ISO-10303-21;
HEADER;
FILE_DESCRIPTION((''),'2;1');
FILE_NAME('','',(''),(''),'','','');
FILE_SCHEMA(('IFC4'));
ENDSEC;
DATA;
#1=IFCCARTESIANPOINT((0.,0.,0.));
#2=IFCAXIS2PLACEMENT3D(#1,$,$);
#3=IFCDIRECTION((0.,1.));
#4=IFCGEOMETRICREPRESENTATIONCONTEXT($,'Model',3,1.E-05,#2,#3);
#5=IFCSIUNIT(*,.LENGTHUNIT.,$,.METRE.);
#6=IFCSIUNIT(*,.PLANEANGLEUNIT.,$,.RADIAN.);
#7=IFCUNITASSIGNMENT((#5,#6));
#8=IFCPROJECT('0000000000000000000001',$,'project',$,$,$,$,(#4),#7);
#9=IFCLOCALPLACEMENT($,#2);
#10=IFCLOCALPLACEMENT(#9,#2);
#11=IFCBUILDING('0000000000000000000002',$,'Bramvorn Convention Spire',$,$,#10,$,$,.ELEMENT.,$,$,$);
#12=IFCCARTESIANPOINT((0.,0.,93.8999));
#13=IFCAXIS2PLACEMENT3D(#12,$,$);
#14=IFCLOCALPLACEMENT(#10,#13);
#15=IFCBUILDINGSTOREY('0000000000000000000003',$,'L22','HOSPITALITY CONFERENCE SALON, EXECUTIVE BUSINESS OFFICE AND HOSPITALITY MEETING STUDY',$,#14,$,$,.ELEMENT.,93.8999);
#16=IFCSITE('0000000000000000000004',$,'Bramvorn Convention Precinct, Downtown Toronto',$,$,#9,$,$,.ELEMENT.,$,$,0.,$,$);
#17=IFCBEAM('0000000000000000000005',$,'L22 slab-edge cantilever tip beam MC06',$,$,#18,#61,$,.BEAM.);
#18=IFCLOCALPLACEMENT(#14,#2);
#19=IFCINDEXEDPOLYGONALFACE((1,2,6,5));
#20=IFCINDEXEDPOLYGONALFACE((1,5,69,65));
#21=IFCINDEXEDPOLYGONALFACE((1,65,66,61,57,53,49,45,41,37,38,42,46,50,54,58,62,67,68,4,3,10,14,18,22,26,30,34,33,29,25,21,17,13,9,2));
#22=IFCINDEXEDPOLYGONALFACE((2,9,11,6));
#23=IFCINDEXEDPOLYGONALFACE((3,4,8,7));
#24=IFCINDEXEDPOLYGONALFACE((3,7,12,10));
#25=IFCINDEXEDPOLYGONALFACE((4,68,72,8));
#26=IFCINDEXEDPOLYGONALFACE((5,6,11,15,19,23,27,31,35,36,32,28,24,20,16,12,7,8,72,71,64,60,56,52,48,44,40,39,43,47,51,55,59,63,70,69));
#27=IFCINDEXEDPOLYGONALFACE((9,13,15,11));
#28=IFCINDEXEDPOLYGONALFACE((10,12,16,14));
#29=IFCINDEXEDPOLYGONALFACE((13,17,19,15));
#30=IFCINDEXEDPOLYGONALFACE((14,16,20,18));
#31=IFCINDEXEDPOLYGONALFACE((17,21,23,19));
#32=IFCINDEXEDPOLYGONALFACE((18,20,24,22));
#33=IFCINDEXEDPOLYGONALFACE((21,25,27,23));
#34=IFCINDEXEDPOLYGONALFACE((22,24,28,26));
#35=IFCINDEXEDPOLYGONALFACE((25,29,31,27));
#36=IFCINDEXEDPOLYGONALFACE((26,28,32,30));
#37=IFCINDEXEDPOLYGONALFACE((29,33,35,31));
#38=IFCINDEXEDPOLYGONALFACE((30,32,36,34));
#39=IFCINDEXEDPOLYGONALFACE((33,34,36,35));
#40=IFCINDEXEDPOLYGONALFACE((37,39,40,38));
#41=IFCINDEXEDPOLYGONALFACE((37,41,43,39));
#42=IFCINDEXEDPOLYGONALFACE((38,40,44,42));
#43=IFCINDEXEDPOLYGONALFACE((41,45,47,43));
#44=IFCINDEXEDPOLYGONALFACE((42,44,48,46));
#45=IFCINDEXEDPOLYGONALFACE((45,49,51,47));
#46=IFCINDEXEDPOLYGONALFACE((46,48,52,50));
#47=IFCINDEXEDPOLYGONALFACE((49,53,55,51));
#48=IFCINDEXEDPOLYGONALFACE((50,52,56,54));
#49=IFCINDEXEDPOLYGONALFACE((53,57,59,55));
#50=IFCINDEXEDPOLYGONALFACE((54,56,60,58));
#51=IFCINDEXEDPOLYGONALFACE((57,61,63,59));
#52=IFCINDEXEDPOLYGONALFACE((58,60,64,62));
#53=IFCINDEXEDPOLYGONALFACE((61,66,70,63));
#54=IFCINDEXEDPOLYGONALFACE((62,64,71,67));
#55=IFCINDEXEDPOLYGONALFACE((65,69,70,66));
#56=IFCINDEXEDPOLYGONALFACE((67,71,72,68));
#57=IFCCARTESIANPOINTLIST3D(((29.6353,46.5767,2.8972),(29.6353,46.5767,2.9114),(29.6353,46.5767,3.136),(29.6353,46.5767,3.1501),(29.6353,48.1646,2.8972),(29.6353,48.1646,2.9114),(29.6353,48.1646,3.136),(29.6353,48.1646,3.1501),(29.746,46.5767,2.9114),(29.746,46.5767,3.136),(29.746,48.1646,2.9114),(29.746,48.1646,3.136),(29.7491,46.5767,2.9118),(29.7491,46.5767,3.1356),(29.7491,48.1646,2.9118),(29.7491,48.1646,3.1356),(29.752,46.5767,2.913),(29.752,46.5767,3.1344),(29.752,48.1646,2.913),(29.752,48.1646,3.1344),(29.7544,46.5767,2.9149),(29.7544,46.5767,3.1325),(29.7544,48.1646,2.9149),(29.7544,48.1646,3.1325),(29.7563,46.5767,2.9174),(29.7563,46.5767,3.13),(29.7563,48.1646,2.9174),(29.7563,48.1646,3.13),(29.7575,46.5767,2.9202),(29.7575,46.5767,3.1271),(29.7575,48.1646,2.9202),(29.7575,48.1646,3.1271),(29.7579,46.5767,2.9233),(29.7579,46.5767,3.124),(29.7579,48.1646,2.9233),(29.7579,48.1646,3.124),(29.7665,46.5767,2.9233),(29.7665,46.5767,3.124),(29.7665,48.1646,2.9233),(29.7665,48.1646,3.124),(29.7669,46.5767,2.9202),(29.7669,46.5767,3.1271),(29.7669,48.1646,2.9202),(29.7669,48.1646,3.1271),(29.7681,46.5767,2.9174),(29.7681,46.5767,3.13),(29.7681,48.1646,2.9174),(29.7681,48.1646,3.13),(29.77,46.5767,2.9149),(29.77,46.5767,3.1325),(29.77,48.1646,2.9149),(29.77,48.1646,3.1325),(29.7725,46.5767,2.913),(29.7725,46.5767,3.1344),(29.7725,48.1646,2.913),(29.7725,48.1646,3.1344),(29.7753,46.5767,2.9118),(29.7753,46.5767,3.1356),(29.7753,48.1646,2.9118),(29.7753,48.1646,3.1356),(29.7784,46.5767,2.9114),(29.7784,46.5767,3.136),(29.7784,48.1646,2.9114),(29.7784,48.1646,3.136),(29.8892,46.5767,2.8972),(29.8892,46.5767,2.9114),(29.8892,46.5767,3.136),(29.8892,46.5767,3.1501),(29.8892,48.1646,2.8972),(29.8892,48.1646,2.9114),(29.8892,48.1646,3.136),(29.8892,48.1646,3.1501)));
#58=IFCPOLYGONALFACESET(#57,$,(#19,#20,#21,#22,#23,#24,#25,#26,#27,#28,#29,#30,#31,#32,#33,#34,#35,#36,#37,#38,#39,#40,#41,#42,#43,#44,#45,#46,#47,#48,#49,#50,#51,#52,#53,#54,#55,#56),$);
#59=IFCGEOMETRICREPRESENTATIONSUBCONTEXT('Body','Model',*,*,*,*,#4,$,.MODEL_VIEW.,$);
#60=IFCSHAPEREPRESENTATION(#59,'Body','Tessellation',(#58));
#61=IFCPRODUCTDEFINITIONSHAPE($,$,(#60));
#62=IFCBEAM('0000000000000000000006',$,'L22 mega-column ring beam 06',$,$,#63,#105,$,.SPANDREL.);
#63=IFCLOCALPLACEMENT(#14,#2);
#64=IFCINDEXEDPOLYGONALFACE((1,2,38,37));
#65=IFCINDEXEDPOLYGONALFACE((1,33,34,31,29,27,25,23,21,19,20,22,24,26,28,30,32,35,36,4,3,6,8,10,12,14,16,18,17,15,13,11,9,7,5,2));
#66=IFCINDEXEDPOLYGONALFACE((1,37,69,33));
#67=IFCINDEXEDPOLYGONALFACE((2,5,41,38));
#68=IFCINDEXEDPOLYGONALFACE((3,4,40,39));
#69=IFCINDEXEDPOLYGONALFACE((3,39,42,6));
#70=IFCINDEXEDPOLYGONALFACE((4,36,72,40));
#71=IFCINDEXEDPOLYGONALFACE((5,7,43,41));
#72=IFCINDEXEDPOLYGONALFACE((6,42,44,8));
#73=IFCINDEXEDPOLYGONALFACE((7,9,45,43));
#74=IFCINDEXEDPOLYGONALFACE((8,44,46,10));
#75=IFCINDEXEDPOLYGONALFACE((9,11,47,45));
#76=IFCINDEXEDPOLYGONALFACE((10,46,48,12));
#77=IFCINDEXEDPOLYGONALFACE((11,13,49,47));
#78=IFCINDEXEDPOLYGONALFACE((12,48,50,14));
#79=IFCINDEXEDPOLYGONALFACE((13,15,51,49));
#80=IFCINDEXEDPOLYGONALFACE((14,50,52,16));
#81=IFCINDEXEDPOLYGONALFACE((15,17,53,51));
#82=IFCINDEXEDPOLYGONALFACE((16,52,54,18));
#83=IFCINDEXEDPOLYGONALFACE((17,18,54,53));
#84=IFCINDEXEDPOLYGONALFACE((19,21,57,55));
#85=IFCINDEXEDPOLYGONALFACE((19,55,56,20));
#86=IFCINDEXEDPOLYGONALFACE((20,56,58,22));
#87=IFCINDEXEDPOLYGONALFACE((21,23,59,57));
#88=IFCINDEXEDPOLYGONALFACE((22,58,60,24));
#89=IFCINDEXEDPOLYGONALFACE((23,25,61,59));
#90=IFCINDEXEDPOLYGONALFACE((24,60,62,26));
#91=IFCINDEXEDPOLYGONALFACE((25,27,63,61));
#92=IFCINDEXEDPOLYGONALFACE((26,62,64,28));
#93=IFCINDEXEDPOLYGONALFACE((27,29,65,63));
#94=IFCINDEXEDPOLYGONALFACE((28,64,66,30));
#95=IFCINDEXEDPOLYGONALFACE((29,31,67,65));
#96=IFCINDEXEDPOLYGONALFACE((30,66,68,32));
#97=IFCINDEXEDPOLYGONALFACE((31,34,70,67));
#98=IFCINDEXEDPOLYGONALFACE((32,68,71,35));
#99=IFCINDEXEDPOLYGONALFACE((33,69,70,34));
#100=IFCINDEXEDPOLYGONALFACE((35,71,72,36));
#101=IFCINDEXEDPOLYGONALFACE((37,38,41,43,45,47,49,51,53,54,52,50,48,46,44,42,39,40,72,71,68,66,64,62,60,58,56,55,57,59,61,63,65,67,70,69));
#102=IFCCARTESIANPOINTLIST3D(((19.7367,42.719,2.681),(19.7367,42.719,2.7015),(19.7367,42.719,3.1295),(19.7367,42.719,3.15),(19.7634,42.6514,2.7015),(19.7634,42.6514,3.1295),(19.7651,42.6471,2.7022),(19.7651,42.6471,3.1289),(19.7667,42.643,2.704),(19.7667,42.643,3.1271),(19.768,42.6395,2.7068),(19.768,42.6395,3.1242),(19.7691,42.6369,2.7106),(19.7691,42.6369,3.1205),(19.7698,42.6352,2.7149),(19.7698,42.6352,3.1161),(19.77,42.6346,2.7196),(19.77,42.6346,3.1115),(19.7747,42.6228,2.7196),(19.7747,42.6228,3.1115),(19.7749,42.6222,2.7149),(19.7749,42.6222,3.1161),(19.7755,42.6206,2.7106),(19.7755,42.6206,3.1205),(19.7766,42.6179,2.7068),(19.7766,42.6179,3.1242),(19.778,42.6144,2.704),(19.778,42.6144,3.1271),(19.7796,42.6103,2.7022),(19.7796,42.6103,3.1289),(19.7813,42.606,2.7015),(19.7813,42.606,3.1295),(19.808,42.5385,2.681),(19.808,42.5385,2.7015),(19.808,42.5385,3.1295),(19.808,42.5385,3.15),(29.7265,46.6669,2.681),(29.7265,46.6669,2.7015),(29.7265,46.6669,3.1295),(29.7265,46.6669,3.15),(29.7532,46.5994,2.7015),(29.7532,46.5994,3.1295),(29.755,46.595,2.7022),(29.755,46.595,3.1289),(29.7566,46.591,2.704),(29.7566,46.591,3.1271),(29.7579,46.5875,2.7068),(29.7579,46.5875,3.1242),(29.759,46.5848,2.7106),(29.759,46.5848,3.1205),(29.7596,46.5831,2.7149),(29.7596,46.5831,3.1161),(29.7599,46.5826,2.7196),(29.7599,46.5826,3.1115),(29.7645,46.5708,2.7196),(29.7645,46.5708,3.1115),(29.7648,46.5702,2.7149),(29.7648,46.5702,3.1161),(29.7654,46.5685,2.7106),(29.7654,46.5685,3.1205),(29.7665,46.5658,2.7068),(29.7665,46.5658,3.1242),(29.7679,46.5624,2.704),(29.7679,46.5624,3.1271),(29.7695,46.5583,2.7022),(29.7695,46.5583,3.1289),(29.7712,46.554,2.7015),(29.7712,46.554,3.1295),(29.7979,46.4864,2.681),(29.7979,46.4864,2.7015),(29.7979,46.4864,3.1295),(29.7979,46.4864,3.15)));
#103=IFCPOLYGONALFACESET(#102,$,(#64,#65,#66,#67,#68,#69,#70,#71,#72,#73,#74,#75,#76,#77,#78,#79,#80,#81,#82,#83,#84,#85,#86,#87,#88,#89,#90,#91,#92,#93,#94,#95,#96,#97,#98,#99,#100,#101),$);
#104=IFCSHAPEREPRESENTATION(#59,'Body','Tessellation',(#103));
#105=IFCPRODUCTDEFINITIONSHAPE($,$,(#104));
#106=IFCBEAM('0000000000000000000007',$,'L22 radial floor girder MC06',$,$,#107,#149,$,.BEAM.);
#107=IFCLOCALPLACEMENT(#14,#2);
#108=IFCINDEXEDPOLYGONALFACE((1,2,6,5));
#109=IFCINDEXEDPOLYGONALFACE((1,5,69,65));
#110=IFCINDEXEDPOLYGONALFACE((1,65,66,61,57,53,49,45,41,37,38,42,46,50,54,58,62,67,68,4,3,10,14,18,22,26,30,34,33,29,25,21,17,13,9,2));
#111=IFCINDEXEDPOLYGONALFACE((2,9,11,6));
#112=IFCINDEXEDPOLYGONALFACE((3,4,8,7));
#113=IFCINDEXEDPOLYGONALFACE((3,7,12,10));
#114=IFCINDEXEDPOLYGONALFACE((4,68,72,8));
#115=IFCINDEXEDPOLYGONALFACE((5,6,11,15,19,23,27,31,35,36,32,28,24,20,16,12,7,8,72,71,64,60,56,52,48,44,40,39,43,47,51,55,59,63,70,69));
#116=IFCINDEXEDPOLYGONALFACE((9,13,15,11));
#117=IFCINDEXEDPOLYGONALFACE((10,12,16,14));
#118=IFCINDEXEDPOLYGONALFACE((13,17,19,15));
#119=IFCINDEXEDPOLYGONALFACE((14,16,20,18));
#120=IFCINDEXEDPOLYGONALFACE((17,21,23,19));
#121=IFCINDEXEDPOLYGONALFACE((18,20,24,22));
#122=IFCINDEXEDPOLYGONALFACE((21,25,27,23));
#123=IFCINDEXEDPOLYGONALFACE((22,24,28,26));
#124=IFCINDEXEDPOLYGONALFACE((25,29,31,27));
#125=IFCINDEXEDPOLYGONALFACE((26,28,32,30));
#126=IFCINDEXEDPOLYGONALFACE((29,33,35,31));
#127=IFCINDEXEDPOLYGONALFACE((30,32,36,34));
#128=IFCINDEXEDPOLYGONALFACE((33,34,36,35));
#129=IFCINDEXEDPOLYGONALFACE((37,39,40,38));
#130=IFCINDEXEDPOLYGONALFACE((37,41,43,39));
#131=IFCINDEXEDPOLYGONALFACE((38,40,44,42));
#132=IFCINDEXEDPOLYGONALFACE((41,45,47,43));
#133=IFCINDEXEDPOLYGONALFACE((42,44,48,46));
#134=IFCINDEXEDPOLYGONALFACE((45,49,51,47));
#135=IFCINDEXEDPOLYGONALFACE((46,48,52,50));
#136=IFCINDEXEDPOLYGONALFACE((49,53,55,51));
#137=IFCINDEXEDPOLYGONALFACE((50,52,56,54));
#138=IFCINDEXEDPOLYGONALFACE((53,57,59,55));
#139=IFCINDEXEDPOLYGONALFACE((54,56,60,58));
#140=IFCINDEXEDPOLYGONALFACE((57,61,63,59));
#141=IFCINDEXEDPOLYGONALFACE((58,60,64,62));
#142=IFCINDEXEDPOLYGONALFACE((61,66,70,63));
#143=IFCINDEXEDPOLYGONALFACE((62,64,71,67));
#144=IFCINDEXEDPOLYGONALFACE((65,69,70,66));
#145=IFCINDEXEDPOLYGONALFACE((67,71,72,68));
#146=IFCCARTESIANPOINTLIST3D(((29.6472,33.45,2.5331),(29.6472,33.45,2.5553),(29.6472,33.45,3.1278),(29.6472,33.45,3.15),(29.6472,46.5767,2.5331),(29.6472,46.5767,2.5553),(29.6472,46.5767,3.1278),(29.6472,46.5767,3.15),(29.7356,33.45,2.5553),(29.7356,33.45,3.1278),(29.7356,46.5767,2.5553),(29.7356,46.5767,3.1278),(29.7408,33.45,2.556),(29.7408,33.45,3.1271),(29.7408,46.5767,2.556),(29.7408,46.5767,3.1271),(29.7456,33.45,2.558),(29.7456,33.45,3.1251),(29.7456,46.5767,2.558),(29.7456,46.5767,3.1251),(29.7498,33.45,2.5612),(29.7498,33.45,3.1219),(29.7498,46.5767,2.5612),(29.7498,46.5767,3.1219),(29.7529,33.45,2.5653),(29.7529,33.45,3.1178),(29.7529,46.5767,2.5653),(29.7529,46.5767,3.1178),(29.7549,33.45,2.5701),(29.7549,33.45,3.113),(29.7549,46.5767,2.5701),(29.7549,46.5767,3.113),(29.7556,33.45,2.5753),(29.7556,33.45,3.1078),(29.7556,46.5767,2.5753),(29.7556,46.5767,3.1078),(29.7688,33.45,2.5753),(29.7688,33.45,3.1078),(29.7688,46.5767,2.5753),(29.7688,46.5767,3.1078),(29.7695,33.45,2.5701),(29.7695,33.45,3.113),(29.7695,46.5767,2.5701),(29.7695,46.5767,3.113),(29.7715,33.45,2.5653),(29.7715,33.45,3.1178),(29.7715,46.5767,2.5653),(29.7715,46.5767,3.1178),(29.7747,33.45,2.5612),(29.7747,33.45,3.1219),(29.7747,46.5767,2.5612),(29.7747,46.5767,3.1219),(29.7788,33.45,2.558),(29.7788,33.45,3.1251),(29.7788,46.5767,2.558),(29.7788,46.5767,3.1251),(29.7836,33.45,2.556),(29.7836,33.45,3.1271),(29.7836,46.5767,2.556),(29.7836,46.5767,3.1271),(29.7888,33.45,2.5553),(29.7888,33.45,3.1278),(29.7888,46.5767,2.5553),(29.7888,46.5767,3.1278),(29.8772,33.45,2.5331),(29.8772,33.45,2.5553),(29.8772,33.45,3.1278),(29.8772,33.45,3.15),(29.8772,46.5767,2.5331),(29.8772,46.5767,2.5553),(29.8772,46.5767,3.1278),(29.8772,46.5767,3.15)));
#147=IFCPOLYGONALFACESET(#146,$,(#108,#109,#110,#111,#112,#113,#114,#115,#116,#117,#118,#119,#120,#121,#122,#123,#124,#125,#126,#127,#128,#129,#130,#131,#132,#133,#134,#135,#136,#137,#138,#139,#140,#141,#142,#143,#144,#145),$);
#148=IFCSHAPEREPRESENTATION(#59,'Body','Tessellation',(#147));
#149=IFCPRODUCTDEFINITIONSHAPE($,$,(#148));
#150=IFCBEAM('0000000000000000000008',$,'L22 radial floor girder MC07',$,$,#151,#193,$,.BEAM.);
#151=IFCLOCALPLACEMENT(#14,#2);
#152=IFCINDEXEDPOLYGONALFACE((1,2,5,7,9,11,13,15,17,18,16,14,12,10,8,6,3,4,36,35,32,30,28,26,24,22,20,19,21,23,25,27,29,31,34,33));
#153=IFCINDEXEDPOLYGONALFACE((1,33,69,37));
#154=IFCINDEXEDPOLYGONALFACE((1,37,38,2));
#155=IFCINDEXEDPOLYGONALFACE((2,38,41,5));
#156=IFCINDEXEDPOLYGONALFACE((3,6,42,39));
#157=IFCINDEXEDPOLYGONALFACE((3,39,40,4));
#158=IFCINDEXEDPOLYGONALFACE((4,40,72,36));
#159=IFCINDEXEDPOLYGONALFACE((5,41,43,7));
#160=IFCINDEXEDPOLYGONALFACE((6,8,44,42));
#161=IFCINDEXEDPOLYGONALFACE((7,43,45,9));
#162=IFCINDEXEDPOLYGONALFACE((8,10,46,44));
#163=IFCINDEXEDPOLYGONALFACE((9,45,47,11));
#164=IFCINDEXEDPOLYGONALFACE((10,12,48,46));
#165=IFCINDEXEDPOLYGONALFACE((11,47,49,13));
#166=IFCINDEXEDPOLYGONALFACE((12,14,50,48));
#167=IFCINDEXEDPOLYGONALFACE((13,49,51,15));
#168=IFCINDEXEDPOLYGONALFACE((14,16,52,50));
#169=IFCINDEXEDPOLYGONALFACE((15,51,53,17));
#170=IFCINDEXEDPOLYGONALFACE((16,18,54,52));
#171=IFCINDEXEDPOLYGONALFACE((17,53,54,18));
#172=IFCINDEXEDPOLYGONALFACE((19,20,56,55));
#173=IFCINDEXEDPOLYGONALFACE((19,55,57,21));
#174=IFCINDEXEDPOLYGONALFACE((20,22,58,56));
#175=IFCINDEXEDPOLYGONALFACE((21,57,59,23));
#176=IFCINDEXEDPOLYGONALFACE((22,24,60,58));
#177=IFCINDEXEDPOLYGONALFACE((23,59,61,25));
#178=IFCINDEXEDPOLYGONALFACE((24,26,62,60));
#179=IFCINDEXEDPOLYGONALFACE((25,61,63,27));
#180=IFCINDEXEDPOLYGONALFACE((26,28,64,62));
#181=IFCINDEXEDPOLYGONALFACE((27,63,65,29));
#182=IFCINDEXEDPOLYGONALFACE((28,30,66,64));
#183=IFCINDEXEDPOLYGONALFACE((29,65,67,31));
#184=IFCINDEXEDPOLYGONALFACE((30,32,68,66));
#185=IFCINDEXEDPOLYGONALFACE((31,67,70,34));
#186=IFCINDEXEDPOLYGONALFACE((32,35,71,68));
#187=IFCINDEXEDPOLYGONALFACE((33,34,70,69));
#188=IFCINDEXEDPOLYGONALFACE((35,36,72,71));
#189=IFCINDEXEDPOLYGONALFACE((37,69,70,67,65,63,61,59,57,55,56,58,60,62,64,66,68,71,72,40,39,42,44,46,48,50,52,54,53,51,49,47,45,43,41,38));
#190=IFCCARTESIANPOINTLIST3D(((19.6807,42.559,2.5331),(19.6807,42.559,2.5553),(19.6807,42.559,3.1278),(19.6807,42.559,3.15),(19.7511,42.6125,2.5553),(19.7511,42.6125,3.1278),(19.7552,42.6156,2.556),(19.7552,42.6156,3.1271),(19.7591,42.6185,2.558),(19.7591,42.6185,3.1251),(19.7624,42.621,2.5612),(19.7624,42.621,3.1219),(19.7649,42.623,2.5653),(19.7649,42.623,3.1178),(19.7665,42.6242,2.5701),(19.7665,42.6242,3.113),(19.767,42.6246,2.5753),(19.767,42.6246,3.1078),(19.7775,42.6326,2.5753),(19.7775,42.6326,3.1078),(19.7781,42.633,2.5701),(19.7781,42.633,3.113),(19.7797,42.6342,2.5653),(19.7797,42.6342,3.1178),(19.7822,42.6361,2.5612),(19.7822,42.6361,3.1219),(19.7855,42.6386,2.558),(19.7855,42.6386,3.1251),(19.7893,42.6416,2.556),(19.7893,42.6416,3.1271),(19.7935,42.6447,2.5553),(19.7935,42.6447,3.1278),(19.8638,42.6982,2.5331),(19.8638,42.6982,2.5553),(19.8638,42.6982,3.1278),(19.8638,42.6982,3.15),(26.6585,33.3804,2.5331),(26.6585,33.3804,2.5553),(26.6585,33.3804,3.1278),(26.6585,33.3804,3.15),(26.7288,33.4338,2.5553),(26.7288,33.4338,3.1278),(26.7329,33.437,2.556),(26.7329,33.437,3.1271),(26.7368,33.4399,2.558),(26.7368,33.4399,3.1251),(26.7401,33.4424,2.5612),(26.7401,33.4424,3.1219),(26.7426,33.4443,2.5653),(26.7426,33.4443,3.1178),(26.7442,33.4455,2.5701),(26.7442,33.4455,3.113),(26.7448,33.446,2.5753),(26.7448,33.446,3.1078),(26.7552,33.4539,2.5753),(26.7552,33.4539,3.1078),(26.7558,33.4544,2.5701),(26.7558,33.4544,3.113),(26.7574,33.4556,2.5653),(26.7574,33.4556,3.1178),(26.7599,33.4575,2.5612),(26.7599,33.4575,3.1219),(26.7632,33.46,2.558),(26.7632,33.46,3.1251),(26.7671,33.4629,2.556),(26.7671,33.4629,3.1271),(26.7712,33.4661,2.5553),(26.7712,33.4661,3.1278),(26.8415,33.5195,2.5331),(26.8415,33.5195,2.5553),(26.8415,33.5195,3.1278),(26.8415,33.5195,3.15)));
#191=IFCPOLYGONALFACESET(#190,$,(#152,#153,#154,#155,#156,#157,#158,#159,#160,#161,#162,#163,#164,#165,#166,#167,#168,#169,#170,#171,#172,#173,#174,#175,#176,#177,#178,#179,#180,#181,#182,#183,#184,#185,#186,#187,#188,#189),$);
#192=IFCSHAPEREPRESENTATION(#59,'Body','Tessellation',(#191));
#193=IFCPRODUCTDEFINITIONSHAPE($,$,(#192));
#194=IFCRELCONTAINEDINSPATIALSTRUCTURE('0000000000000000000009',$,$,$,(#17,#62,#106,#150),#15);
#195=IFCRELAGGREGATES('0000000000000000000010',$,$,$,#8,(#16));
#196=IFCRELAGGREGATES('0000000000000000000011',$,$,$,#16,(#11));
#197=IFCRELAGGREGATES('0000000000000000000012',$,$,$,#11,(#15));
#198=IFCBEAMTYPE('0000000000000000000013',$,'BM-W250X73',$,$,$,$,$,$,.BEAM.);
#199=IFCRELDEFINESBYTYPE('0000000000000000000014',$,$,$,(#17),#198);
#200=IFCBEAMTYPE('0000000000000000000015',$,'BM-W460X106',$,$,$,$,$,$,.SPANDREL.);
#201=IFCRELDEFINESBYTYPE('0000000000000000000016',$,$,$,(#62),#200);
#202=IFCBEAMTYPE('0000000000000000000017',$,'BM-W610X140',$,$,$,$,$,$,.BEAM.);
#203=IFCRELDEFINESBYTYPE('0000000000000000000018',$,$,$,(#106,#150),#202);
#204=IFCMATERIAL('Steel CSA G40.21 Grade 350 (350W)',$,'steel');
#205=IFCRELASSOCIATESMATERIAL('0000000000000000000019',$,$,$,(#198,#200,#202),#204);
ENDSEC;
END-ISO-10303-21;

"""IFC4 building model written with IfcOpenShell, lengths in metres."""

from ifc_helpers import new_model, si_unit, direction, frame, origin, origin_2d, place, context, subcontext, project, spatial, i_section, extrude, material, material_profile, profile_set, type_object, element, save


model = new_model("IFC4")

# Units and contexts
model_context = context("Model", 3, precision=1e-05, world=origin(), true_north=direction((0.0, 1.0)))
body_context = subcontext(model_context, "Body", "Model", "MODEL_VIEW")
ifc_project = project(units=[si_unit("LENGTHUNIT", "METRE"), si_unit("PLANEANGLEUNIT", "RADIAN")], contexts=[model_context])

# Site, building, storey
site_placement = place(None, origin())
site = spatial("IfcSite", under=ifc_project, at=site_placement, Name="Bramvorn Convention Precinct, Downtown Toronto", CompositionType="ELEMENT", RefElevation=0.0)
building_placement = place(site_placement, origin())
building = spatial("IfcBuilding", under=site, at=building_placement, Name="Bramvorn Convention Spire", CompositionType="ELEMENT")
storey_placement = place(building_placement, frame((0.0, 0.0, 93.8999)))
storey = spatial("IfcBuildingStorey", under=building, at=storey_placement, Name="L22", Description="HOSPITALITY CONFERENCE SALON, EXECUTIVE BUSINESS OFFICE AND HOSPITALITY MEETING STUDY", CompositionType="ELEMENT", Elevation=93.8999)

# Shared definitions
ifc_material_1 = material(Name="Steel CSA G40.21 Grade 350 (350W)", Category="steel")

# Beams
ifc_material_profile_1 = material_profile(ifc_material_1, i_section(OverallWidth=0.2539, OverallDepth=0.2529, WebThickness=0.0085, FlangeThickness=0.0142, FilletRadius=0.012, at=origin_2d()))
ifc_profile_set_1 = profile_set([ifc_material_profile_1], Name="Steel CSA G40.21 Grade 350 (350W) - W250X73")
beam_type_1 = type_object("IfcBeamType", Name="BM-W250X73", PredefinedType="BEAM", material=ifc_profile_set_1)
beam_1_placement = place(storey_placement, frame((29.7622, 46.5767, 3.0237), z_axis=(0.0, 1.0, 0.0), x_axis=(-1.0, 0.0, 0.0)))
element("IfcBeam", 1, at=beam_1_placement, inside=storey, type_object=beam_type_1, Name="L22 slab-edge cantilever tip beam MC06", PredefinedType="BEAM", context=body_context, shape_type="SweptSolid", body=[
    extrude(i_section(OverallWidth=0.2539, OverallDepth=0.2529, WebThickness=0.0085, FlangeThickness=0.0142, FilletRadius=0.012, at=origin_2d()), origin(), (0.0, 0.0, 1.0), 1.5879),
])
ifc_material_profile_2 = material_profile(ifc_material_1, i_section(OverallWidth=0.1941, OverallDepth=0.469, WebThickness=0.0127, FlangeThickness=0.0205, FilletRadius=0.0181, at=origin_2d()))
ifc_profile_set_2 = profile_set([ifc_material_profile_2], Name="Steel CSA G40.21 Grade 350 (350W) - W460X106")
beam_type_2 = type_object("IfcBeamType", Name="BM-W460X106", PredefinedType="SPANDREL", material=ifc_profile_set_2)
beam_2_placement = place(storey_placement, frame((29.7622, 46.5767, 2.9155), z_axis=(-0.93001, -0.367535, 0.0), x_axis=(0.367535, -0.93001, 0.0)))
element("IfcBeam", 2, at=beam_2_placement, inside=storey, type_object=beam_type_2, Name="L22 mega-column ring beam 06", PredefinedType="SPANDREL", context=body_context, shape_type="SweptSolid", body=[
    extrude(i_section(OverallWidth=0.1941, OverallDepth=0.469, WebThickness=0.0127, FlangeThickness=0.0205, FilletRadius=0.0181, at=origin_2d()), origin(), (0.0, 0.0, 1.0), 10.7417),
])
ifc_material_profile_3 = material_profile(ifc_material_1, i_section(OverallWidth=0.23, OverallDepth=0.6169, WebThickness=0.0132, FlangeThickness=0.0222, FilletRadius=0.02, at=origin_2d()))
ifc_profile_set_3 = profile_set([ifc_material_profile_3], Name="Steel CSA G40.21 Grade 350 (350W) - W610X140")
beam_type_3 = type_object("IfcBeamType", Name="BM-W610X140", PredefinedType="BEAM", material=ifc_profile_set_3)
beam_3_placement = place(storey_placement, frame((29.7622, 33.45, 2.8416), z_axis=(0.0, 1.0, 0.0), x_axis=(-1.0, 0.0, 0.0)))
element("IfcBeam", 3, at=beam_3_placement, inside=storey, type_object=beam_type_3, Name="L22 radial floor girder MC06", PredefinedType="BEAM", context=body_context, shape_type="SweptSolid", body=[
    extrude(i_section(OverallWidth=0.23, OverallDepth=0.6169, WebThickness=0.0132, FlangeThickness=0.0222, FilletRadius=0.02, at=origin_2d()), origin(), (0.0, 0.0, 1.0), 13.1267),
])
beam_4_placement = place(storey_placement, frame((26.75, 33.45, 2.8416), z_axis=(-0.605191, 0.79608, 0.0), x_axis=(-0.79608, -0.605191, 0.0)))
element("IfcBeam", 4, at=beam_4_placement, inside=storey, type_object=beam_type_3, Name="L22 radial floor girder MC07", PredefinedType="BEAM", context=body_context, shape_type="SweptSolid", body=[
    extrude(i_section(OverallWidth=0.23, OverallDepth=0.6169, WebThickness=0.0132, FlangeThickness=0.0222, FilletRadius=0.02, at=origin_2d()), origin(), (0.0, 0.0, 1.0), 11.5298),
])

save(model, "model.ifc")
